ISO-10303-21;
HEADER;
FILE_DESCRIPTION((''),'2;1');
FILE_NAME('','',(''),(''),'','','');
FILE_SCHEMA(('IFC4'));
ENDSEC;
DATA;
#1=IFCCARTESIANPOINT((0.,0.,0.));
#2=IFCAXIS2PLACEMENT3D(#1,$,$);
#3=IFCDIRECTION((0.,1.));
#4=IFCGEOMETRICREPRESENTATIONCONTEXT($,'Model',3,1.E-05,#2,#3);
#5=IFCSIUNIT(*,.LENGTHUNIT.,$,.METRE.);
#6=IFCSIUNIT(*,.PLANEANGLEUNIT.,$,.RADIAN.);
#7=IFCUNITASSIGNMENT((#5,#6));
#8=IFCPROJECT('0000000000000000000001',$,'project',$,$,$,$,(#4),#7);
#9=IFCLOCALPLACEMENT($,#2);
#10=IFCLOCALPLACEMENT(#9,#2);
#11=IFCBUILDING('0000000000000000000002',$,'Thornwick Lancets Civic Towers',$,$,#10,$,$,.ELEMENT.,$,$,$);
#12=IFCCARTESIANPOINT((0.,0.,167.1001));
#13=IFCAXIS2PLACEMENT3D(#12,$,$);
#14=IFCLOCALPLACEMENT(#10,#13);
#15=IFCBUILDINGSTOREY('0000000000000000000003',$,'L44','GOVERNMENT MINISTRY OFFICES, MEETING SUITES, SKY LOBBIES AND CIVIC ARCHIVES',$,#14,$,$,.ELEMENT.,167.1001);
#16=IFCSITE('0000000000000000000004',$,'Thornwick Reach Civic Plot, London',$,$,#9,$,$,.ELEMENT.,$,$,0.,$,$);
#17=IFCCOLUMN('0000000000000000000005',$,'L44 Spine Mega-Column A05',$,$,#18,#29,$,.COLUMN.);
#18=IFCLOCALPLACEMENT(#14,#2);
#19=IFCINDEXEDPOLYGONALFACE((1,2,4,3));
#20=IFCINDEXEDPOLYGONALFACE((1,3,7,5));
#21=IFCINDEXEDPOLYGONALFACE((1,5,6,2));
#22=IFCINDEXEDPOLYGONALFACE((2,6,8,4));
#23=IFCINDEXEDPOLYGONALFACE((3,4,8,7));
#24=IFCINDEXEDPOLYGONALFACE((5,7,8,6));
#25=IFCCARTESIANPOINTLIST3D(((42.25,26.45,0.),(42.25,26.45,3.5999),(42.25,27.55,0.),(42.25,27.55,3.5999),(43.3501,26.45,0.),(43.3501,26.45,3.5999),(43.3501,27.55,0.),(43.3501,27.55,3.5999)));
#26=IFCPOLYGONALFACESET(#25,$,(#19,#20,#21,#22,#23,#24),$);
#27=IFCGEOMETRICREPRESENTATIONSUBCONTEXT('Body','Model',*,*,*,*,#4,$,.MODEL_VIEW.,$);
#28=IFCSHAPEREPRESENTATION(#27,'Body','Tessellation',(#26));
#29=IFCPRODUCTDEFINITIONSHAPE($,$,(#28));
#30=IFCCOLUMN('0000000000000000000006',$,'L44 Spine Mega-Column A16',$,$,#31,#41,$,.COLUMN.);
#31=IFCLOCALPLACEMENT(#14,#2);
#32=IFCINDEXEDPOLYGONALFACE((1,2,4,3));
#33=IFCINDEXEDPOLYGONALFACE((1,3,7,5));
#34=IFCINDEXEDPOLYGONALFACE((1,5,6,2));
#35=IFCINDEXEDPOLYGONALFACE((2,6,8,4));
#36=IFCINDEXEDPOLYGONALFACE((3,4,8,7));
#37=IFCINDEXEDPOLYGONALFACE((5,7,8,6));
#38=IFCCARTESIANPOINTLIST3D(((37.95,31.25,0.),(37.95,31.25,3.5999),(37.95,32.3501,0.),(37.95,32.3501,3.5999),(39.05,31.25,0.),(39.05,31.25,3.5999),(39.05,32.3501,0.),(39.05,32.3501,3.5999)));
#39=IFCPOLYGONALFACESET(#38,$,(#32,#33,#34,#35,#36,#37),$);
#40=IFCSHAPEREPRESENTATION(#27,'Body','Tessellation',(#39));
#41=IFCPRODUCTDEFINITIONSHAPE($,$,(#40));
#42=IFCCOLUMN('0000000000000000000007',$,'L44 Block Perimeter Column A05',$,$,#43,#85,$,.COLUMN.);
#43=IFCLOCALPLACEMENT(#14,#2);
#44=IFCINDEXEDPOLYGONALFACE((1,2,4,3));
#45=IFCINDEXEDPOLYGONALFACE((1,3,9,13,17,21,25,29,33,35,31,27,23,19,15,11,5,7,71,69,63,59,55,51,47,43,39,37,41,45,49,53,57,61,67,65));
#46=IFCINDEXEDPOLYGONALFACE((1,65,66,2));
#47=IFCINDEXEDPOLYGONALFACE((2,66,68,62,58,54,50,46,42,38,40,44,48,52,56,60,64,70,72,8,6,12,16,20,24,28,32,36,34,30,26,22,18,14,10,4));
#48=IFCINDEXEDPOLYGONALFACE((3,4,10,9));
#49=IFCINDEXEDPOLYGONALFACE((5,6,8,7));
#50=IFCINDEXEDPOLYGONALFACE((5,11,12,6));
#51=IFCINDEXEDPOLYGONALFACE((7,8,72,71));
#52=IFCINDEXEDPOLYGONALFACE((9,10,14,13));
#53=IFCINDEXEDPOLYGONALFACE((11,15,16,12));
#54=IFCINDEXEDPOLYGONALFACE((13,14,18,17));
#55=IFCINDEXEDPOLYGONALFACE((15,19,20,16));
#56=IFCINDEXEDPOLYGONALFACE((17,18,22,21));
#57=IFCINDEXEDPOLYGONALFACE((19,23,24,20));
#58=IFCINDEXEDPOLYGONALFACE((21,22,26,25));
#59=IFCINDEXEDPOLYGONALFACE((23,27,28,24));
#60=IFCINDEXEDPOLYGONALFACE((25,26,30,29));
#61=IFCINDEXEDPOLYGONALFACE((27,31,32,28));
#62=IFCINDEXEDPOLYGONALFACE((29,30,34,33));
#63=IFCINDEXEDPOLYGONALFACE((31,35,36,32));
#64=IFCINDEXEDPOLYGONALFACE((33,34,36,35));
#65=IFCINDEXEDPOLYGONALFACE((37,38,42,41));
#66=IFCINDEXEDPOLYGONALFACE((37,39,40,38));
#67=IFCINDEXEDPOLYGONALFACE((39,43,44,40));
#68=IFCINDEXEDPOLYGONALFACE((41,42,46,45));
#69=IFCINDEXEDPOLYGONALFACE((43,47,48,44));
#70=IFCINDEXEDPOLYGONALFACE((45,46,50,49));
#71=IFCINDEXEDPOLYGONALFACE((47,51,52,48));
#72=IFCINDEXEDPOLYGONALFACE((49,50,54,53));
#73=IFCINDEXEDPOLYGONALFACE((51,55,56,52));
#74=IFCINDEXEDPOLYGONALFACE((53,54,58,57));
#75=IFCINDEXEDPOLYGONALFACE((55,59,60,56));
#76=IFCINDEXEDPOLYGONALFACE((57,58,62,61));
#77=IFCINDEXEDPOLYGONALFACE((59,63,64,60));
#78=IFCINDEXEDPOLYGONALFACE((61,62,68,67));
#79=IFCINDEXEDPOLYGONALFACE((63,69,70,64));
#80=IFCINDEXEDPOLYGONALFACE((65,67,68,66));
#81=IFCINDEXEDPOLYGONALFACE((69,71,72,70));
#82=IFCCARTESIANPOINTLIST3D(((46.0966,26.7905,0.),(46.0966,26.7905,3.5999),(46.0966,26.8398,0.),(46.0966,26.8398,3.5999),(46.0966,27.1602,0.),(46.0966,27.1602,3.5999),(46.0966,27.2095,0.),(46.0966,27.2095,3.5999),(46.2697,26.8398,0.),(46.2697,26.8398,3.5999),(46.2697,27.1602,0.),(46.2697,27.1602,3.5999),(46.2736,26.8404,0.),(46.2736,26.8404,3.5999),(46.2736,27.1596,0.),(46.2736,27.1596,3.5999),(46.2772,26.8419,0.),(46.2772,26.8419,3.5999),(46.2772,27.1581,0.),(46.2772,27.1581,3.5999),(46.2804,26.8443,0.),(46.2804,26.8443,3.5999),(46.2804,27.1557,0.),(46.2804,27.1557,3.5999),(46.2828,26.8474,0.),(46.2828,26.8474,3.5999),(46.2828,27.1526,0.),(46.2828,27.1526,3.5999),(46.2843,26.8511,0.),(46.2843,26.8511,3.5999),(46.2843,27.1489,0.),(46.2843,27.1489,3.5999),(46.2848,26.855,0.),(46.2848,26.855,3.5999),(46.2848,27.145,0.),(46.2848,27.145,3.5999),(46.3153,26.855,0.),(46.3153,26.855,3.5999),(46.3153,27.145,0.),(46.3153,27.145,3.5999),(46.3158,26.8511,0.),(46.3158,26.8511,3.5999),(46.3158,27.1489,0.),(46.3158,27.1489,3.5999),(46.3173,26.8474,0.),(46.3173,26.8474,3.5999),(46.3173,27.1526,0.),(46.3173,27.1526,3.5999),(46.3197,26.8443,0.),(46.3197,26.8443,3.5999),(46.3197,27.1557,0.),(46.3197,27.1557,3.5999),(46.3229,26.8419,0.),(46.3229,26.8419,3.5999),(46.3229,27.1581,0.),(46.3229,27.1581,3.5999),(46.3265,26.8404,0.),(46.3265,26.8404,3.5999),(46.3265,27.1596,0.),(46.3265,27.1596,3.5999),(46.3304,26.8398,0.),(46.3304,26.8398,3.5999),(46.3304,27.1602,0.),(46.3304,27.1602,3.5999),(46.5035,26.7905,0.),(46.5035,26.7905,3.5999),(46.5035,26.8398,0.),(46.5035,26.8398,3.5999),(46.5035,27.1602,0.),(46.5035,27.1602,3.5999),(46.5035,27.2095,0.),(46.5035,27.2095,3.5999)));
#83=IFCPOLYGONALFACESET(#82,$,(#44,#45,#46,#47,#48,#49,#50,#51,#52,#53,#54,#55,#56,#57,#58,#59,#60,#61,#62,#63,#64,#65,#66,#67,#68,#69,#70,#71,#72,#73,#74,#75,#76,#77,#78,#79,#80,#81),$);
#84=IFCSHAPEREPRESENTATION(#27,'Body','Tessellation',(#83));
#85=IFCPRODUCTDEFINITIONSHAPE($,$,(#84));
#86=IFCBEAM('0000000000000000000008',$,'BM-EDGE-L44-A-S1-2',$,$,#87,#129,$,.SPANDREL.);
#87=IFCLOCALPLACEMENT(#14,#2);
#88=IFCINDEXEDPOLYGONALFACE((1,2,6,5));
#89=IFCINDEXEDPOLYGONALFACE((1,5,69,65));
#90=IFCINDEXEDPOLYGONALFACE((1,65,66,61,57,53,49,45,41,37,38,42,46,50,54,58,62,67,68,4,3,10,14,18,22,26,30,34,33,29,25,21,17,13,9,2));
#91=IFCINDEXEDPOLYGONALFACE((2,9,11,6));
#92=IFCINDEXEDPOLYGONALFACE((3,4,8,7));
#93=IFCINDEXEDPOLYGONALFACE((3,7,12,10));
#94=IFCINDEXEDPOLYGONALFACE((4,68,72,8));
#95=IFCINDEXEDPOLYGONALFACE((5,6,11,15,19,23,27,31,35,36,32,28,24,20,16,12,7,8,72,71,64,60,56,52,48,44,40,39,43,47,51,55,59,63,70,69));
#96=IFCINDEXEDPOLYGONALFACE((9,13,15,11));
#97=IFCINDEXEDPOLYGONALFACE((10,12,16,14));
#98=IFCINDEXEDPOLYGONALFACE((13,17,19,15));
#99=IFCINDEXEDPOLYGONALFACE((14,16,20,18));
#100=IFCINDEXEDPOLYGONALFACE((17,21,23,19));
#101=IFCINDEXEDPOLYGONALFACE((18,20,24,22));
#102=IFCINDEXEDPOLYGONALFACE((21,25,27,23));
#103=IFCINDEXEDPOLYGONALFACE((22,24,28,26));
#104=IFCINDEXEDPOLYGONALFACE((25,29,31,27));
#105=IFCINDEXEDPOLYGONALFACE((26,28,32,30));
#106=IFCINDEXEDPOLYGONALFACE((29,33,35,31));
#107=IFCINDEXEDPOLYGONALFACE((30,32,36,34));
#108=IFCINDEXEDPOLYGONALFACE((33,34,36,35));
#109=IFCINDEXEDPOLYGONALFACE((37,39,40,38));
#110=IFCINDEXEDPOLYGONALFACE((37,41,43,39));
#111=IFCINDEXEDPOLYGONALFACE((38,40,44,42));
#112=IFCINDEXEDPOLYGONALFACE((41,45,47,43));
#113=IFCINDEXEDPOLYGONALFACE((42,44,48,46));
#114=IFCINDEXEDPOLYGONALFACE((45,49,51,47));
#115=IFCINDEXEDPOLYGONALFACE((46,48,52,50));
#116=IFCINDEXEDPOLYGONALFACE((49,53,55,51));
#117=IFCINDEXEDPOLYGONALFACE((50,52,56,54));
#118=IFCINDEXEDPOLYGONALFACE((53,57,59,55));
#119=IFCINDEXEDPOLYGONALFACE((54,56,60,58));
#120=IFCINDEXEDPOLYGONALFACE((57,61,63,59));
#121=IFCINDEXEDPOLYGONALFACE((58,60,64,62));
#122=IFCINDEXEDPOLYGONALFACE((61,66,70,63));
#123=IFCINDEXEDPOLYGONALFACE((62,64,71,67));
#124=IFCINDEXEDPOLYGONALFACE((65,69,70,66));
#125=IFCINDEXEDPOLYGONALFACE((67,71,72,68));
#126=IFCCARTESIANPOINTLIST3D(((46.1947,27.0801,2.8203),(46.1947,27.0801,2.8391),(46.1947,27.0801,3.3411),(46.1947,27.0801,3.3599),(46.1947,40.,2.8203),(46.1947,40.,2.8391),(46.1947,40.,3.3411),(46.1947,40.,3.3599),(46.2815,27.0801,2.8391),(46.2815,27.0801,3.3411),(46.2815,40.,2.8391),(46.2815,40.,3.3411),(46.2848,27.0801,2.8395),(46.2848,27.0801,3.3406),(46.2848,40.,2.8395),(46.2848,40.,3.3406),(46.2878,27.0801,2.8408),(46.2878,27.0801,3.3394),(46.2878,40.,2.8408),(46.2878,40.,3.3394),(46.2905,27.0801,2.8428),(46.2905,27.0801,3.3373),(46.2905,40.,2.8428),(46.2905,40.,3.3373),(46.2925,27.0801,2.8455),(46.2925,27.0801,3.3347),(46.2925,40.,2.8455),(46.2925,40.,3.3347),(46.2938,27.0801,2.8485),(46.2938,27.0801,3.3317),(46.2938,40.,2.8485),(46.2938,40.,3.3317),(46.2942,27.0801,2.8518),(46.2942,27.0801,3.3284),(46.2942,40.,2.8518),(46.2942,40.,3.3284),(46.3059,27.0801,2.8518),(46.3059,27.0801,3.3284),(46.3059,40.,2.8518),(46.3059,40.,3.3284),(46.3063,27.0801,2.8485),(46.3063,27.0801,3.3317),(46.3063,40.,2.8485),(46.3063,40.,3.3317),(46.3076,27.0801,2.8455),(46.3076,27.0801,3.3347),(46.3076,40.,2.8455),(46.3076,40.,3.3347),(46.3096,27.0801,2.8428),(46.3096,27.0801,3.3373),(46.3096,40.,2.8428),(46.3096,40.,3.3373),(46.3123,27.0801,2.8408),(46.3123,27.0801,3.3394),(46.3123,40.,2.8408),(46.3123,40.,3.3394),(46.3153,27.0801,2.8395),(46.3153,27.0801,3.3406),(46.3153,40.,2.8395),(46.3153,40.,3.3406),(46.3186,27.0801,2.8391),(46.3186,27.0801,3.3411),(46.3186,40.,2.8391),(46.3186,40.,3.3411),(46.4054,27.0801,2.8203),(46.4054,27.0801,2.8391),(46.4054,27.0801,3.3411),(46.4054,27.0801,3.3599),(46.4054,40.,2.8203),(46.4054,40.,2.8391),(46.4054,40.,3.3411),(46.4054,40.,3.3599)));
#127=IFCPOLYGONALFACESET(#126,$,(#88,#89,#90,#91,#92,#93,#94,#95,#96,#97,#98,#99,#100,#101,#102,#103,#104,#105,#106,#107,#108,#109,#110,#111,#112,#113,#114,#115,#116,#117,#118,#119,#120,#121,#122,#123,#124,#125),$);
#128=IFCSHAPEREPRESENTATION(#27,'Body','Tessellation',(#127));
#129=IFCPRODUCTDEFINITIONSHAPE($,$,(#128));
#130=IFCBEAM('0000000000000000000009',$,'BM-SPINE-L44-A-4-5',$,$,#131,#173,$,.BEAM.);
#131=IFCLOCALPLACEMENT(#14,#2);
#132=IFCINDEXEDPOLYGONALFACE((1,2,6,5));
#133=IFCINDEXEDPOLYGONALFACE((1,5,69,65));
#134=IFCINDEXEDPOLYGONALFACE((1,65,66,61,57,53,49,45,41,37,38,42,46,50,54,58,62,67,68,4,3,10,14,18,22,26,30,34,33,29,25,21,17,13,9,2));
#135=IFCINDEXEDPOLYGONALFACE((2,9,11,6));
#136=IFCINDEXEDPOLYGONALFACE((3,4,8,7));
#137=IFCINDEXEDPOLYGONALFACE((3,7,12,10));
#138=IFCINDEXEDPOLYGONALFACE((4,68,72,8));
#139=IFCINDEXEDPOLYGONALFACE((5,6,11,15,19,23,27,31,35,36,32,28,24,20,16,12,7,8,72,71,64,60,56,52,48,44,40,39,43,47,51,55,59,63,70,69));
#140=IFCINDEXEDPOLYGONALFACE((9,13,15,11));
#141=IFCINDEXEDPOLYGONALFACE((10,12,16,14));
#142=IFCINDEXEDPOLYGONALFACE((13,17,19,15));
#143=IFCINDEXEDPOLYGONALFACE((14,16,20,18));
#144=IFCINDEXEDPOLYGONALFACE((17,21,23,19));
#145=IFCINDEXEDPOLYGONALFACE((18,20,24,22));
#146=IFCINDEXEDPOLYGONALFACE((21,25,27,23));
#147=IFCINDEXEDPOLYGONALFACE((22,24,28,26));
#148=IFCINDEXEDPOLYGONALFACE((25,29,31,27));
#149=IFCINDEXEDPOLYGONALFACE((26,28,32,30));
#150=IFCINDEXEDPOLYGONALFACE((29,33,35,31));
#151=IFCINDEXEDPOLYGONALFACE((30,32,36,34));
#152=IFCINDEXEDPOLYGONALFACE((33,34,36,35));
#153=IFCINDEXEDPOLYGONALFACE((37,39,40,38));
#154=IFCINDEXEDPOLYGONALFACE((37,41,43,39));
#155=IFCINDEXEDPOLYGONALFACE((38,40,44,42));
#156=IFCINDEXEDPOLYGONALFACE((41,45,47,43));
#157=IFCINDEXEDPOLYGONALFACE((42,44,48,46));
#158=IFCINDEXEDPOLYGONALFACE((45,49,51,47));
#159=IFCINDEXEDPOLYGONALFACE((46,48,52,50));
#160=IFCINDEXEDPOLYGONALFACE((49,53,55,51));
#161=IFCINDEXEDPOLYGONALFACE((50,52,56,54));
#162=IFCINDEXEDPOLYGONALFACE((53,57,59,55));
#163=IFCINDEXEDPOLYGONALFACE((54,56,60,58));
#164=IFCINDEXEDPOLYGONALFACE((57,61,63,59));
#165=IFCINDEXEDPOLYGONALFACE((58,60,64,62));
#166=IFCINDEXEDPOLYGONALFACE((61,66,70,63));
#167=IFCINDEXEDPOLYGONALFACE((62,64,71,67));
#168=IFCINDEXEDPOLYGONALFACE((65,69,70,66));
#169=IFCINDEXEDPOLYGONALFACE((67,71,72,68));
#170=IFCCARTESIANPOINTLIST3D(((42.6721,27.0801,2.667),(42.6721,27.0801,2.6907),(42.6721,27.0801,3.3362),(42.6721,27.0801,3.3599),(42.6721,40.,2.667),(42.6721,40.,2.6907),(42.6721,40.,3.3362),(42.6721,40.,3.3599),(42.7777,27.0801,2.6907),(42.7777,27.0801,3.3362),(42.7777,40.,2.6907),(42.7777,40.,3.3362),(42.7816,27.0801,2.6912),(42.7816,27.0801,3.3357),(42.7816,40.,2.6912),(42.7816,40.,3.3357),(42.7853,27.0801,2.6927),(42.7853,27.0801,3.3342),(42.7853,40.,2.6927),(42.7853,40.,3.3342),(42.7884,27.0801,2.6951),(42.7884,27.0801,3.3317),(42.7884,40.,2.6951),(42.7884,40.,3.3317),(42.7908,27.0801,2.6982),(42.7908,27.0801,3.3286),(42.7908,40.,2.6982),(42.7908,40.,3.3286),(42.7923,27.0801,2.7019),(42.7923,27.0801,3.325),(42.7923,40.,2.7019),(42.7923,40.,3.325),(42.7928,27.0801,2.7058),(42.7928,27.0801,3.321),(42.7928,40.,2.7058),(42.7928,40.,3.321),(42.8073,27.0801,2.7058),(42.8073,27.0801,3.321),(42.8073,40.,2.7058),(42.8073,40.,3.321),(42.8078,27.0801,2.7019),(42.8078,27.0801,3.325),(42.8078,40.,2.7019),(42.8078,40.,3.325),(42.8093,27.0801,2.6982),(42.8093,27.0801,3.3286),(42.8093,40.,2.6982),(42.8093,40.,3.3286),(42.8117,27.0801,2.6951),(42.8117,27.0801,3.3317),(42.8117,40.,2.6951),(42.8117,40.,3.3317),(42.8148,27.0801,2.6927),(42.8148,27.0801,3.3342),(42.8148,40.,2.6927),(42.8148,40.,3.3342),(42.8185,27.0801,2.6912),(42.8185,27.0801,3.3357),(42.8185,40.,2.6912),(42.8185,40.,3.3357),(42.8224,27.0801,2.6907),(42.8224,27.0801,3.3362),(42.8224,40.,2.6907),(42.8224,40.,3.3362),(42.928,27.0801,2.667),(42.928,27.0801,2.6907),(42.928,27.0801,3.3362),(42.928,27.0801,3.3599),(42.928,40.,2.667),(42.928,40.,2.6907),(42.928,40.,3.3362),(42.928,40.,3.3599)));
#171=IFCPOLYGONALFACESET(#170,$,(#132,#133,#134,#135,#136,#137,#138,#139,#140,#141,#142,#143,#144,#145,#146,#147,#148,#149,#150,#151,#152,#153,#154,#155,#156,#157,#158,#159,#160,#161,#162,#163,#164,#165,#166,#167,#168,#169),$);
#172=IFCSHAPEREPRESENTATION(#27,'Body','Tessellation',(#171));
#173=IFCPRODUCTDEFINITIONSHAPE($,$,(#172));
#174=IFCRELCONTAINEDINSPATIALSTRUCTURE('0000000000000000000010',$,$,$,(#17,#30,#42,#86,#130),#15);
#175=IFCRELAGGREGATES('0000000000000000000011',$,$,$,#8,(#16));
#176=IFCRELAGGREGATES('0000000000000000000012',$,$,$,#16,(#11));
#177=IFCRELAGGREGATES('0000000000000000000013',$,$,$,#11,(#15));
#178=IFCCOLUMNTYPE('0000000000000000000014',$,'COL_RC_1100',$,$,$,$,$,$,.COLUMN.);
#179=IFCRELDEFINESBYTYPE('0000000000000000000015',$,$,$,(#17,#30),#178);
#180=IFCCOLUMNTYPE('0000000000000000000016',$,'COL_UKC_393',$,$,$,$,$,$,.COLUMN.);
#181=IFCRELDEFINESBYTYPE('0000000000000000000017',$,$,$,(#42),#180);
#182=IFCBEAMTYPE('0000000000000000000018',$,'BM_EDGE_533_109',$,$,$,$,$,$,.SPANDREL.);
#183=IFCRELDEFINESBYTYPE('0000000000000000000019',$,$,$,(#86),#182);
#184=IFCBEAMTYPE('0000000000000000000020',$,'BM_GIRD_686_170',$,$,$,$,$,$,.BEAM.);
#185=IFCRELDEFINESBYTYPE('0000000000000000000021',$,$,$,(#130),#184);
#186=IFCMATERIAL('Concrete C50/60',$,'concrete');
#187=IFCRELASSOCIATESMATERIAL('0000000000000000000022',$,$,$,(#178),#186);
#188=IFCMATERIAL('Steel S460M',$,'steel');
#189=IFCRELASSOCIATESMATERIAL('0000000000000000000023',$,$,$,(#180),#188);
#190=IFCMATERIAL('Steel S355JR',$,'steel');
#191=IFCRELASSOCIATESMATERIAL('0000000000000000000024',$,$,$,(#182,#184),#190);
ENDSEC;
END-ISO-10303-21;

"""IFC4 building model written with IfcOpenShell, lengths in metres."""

from ifc_helpers import new_model, si_unit, direction, frame, origin, origin_2d, place, context, subcontext, project, spatial, rectangle, i_section, extrude, material, material_profile, profile_set, type_object, element, save


model = new_model("IFC4")

# Units and contexts
model_context = context("Model", 3, precision=1e-05, world=origin(), true_north=direction((0.0, 1.0)))
body_context = subcontext(model_context, "Body", "Model", "MODEL_VIEW")
ifc_project = project(units=[si_unit("LENGTHUNIT", "METRE"), si_unit("PLANEANGLEUNIT", "RADIAN")], contexts=[model_context])

# Site, building, storey
site_placement = place(None, origin())
site = spatial("IfcSite", under=ifc_project, at=site_placement, Name="Thornwick Reach Civic Plot, London", CompositionType="ELEMENT", RefElevation=0.0)
building_placement = place(site_placement, origin())
building = spatial("IfcBuilding", under=site, at=building_placement, Name="Thornwick Lancets Civic Towers", CompositionType="ELEMENT")
storey_placement = place(building_placement, frame((0.0, 0.0, 167.1001)))
storey = spatial("IfcBuildingStorey", under=building, at=storey_placement, Name="L44", Description="GOVERNMENT MINISTRY OFFICES, MEETING SUITES, SKY LOBBIES AND CIVIC ARCHIVES", CompositionType="ELEMENT", Elevation=167.1001)

# Columns
ifc_material_1 = material(Name="Concrete C50/60", Category="concrete")
ifc_material_profile_1 = material_profile(ifc_material_1, rectangle(XDim=1.1001, YDim=1.1001, at=origin_2d()), Name="RC 1100x1100")
ifc_profile_set_1 = profile_set([ifc_material_profile_1], Name="Concrete C50/60")
column_type_1 = type_object("IfcColumnType", Name="COL_RC_1100", PredefinedType="COLUMN", material=ifc_profile_set_1)
for number, where, z_axis, x_axis, name in (
    (1, (42.8, 27.0, 0.0), (0.0, 0.0, 1.0), (1.0, 0.0, 0.0), "L44 Spine Mega-Column A05"),
    (2, (38.5, 31.8, 0.0), (0.0, 0.0, 1.0), (1.0, 0.0, 0.0), "L44 Spine Mega-Column A16"),
):
    element("IfcColumn", number, at=place(storey_placement, frame(where, z_axis=z_axis, x_axis=x_axis)), inside=storey, type_object=column_type_1, Name=name, PredefinedType="COLUMN", context=body_context, shape_type="SweptSolid", body=[
        extrude(rectangle(XDim=1.1001, YDim=1.1001, at=origin_2d()), origin(), (0.0, 0.0, 1.0), 3.5999),
    ])
ifc_material_2 = material(Name="Steel S460M", Category="steel")
ifc_material_profile_2 = material_profile(ifc_material_2, i_section(OverallWidth=0.407, OverallDepth=0.4189, WebThickness=0.0305, FlangeThickness=0.0493, FilletRadius=0.0151, at=origin_2d()), Name="UKC 356x406x393")
ifc_profile_set_2 = profile_set([ifc_material_profile_2], Name="Steel S460M")
column_type_2 = type_object("IfcColumnType", Name="COL_UKC_393", PredefinedType="COLUMN", material=ifc_profile_set_2)
column_placement = place(storey_placement, frame((46.3, 27.0, 0.0), z_axis=(0.0, 0.0, 1.0), x_axis=(1.0, 0.0, 0.0)))
element("IfcColumn", 3, at=column_placement, inside=storey, type_object=column_type_2, Name="L44 Block Perimeter Column A05", PredefinedType="COLUMN", context=body_context, shape_type="SweptSolid", body=[
    extrude(i_section(OverallWidth=0.407, OverallDepth=0.4189, WebThickness=0.0305, FlangeThickness=0.0493, FilletRadius=0.0151, at=origin_2d()), origin(), (0.0, 0.0, 1.0), 3.5999),
])

# Beams
ifc_material_3 = material(Name="Steel S355JR", Category="steel")
ifc_material_profile_3 = material_profile(ifc_material_3, i_section(OverallWidth=0.2107, OverallDepth=0.5396, WebThickness=0.0117, FlangeThickness=0.0188, FilletRadius=0.0127, at=origin_2d()), Name="UKB 533x210x109")
ifc_profile_set_3 = profile_set([ifc_material_profile_3], Name="Steel S355JR")
beam_type_1 = type_object("IfcBeamType", Name="BM_EDGE_533_109", PredefinedType="SPANDREL", material=ifc_profile_set_3)
beam_1_placement = place(storey_placement, frame((46.3, 27.0801, 3.0901), z_axis=(0.0, 1.0, 0.0), x_axis=(-1.0, 0.0, 0.0)))
element("IfcBeam", 4, at=beam_1_placement, inside=storey, type_object=beam_type_1, Name="BM-EDGE-L44-A-S1-2", PredefinedType="SPANDREL", context=body_context, shape_type="SweptSolid", body=[
    extrude(i_section(OverallWidth=0.2107, OverallDepth=0.5396, WebThickness=0.0117, FlangeThickness=0.0188, FilletRadius=0.0127, at=origin_2d()), origin(), (0.0, 0.0, 1.0), 12.9199),
])
ifc_material_profile_4 = material_profile(ifc_material_3, i_section(OverallWidth=0.2559, OverallDepth=0.6929, WebThickness=0.0144, FlangeThickness=0.0237, FilletRadius=0.0151, at=origin_2d()), Name="UKB 686x254x170")
ifc_profile_set_4 = profile_set([ifc_material_profile_4], Name="Steel S355JR")
beam_type_2 = type_object("IfcBeamType", Name="BM_GIRD_686_170", PredefinedType="BEAM", material=ifc_profile_set_4)
beam_2_placement = place(storey_placement, frame((42.8, 27.0801, 3.0134), z_axis=(0.0, 1.0, 0.0), x_axis=(-1.0, 0.0, 0.0)))
element("IfcBeam", 5, at=beam_2_placement, inside=storey, type_object=beam_type_2, Name="BM-SPINE-L44-A-4-5", PredefinedType="BEAM", context=body_context, shape_type="SweptSolid", body=[
    extrude(i_section(OverallWidth=0.2559, OverallDepth=0.6929, WebThickness=0.0144, FlangeThickness=0.0237, FilletRadius=0.0151, at=origin_2d()), origin(), (0.0, 0.0, 1.0), 12.9199),
])

save(model, "model.ifc")
